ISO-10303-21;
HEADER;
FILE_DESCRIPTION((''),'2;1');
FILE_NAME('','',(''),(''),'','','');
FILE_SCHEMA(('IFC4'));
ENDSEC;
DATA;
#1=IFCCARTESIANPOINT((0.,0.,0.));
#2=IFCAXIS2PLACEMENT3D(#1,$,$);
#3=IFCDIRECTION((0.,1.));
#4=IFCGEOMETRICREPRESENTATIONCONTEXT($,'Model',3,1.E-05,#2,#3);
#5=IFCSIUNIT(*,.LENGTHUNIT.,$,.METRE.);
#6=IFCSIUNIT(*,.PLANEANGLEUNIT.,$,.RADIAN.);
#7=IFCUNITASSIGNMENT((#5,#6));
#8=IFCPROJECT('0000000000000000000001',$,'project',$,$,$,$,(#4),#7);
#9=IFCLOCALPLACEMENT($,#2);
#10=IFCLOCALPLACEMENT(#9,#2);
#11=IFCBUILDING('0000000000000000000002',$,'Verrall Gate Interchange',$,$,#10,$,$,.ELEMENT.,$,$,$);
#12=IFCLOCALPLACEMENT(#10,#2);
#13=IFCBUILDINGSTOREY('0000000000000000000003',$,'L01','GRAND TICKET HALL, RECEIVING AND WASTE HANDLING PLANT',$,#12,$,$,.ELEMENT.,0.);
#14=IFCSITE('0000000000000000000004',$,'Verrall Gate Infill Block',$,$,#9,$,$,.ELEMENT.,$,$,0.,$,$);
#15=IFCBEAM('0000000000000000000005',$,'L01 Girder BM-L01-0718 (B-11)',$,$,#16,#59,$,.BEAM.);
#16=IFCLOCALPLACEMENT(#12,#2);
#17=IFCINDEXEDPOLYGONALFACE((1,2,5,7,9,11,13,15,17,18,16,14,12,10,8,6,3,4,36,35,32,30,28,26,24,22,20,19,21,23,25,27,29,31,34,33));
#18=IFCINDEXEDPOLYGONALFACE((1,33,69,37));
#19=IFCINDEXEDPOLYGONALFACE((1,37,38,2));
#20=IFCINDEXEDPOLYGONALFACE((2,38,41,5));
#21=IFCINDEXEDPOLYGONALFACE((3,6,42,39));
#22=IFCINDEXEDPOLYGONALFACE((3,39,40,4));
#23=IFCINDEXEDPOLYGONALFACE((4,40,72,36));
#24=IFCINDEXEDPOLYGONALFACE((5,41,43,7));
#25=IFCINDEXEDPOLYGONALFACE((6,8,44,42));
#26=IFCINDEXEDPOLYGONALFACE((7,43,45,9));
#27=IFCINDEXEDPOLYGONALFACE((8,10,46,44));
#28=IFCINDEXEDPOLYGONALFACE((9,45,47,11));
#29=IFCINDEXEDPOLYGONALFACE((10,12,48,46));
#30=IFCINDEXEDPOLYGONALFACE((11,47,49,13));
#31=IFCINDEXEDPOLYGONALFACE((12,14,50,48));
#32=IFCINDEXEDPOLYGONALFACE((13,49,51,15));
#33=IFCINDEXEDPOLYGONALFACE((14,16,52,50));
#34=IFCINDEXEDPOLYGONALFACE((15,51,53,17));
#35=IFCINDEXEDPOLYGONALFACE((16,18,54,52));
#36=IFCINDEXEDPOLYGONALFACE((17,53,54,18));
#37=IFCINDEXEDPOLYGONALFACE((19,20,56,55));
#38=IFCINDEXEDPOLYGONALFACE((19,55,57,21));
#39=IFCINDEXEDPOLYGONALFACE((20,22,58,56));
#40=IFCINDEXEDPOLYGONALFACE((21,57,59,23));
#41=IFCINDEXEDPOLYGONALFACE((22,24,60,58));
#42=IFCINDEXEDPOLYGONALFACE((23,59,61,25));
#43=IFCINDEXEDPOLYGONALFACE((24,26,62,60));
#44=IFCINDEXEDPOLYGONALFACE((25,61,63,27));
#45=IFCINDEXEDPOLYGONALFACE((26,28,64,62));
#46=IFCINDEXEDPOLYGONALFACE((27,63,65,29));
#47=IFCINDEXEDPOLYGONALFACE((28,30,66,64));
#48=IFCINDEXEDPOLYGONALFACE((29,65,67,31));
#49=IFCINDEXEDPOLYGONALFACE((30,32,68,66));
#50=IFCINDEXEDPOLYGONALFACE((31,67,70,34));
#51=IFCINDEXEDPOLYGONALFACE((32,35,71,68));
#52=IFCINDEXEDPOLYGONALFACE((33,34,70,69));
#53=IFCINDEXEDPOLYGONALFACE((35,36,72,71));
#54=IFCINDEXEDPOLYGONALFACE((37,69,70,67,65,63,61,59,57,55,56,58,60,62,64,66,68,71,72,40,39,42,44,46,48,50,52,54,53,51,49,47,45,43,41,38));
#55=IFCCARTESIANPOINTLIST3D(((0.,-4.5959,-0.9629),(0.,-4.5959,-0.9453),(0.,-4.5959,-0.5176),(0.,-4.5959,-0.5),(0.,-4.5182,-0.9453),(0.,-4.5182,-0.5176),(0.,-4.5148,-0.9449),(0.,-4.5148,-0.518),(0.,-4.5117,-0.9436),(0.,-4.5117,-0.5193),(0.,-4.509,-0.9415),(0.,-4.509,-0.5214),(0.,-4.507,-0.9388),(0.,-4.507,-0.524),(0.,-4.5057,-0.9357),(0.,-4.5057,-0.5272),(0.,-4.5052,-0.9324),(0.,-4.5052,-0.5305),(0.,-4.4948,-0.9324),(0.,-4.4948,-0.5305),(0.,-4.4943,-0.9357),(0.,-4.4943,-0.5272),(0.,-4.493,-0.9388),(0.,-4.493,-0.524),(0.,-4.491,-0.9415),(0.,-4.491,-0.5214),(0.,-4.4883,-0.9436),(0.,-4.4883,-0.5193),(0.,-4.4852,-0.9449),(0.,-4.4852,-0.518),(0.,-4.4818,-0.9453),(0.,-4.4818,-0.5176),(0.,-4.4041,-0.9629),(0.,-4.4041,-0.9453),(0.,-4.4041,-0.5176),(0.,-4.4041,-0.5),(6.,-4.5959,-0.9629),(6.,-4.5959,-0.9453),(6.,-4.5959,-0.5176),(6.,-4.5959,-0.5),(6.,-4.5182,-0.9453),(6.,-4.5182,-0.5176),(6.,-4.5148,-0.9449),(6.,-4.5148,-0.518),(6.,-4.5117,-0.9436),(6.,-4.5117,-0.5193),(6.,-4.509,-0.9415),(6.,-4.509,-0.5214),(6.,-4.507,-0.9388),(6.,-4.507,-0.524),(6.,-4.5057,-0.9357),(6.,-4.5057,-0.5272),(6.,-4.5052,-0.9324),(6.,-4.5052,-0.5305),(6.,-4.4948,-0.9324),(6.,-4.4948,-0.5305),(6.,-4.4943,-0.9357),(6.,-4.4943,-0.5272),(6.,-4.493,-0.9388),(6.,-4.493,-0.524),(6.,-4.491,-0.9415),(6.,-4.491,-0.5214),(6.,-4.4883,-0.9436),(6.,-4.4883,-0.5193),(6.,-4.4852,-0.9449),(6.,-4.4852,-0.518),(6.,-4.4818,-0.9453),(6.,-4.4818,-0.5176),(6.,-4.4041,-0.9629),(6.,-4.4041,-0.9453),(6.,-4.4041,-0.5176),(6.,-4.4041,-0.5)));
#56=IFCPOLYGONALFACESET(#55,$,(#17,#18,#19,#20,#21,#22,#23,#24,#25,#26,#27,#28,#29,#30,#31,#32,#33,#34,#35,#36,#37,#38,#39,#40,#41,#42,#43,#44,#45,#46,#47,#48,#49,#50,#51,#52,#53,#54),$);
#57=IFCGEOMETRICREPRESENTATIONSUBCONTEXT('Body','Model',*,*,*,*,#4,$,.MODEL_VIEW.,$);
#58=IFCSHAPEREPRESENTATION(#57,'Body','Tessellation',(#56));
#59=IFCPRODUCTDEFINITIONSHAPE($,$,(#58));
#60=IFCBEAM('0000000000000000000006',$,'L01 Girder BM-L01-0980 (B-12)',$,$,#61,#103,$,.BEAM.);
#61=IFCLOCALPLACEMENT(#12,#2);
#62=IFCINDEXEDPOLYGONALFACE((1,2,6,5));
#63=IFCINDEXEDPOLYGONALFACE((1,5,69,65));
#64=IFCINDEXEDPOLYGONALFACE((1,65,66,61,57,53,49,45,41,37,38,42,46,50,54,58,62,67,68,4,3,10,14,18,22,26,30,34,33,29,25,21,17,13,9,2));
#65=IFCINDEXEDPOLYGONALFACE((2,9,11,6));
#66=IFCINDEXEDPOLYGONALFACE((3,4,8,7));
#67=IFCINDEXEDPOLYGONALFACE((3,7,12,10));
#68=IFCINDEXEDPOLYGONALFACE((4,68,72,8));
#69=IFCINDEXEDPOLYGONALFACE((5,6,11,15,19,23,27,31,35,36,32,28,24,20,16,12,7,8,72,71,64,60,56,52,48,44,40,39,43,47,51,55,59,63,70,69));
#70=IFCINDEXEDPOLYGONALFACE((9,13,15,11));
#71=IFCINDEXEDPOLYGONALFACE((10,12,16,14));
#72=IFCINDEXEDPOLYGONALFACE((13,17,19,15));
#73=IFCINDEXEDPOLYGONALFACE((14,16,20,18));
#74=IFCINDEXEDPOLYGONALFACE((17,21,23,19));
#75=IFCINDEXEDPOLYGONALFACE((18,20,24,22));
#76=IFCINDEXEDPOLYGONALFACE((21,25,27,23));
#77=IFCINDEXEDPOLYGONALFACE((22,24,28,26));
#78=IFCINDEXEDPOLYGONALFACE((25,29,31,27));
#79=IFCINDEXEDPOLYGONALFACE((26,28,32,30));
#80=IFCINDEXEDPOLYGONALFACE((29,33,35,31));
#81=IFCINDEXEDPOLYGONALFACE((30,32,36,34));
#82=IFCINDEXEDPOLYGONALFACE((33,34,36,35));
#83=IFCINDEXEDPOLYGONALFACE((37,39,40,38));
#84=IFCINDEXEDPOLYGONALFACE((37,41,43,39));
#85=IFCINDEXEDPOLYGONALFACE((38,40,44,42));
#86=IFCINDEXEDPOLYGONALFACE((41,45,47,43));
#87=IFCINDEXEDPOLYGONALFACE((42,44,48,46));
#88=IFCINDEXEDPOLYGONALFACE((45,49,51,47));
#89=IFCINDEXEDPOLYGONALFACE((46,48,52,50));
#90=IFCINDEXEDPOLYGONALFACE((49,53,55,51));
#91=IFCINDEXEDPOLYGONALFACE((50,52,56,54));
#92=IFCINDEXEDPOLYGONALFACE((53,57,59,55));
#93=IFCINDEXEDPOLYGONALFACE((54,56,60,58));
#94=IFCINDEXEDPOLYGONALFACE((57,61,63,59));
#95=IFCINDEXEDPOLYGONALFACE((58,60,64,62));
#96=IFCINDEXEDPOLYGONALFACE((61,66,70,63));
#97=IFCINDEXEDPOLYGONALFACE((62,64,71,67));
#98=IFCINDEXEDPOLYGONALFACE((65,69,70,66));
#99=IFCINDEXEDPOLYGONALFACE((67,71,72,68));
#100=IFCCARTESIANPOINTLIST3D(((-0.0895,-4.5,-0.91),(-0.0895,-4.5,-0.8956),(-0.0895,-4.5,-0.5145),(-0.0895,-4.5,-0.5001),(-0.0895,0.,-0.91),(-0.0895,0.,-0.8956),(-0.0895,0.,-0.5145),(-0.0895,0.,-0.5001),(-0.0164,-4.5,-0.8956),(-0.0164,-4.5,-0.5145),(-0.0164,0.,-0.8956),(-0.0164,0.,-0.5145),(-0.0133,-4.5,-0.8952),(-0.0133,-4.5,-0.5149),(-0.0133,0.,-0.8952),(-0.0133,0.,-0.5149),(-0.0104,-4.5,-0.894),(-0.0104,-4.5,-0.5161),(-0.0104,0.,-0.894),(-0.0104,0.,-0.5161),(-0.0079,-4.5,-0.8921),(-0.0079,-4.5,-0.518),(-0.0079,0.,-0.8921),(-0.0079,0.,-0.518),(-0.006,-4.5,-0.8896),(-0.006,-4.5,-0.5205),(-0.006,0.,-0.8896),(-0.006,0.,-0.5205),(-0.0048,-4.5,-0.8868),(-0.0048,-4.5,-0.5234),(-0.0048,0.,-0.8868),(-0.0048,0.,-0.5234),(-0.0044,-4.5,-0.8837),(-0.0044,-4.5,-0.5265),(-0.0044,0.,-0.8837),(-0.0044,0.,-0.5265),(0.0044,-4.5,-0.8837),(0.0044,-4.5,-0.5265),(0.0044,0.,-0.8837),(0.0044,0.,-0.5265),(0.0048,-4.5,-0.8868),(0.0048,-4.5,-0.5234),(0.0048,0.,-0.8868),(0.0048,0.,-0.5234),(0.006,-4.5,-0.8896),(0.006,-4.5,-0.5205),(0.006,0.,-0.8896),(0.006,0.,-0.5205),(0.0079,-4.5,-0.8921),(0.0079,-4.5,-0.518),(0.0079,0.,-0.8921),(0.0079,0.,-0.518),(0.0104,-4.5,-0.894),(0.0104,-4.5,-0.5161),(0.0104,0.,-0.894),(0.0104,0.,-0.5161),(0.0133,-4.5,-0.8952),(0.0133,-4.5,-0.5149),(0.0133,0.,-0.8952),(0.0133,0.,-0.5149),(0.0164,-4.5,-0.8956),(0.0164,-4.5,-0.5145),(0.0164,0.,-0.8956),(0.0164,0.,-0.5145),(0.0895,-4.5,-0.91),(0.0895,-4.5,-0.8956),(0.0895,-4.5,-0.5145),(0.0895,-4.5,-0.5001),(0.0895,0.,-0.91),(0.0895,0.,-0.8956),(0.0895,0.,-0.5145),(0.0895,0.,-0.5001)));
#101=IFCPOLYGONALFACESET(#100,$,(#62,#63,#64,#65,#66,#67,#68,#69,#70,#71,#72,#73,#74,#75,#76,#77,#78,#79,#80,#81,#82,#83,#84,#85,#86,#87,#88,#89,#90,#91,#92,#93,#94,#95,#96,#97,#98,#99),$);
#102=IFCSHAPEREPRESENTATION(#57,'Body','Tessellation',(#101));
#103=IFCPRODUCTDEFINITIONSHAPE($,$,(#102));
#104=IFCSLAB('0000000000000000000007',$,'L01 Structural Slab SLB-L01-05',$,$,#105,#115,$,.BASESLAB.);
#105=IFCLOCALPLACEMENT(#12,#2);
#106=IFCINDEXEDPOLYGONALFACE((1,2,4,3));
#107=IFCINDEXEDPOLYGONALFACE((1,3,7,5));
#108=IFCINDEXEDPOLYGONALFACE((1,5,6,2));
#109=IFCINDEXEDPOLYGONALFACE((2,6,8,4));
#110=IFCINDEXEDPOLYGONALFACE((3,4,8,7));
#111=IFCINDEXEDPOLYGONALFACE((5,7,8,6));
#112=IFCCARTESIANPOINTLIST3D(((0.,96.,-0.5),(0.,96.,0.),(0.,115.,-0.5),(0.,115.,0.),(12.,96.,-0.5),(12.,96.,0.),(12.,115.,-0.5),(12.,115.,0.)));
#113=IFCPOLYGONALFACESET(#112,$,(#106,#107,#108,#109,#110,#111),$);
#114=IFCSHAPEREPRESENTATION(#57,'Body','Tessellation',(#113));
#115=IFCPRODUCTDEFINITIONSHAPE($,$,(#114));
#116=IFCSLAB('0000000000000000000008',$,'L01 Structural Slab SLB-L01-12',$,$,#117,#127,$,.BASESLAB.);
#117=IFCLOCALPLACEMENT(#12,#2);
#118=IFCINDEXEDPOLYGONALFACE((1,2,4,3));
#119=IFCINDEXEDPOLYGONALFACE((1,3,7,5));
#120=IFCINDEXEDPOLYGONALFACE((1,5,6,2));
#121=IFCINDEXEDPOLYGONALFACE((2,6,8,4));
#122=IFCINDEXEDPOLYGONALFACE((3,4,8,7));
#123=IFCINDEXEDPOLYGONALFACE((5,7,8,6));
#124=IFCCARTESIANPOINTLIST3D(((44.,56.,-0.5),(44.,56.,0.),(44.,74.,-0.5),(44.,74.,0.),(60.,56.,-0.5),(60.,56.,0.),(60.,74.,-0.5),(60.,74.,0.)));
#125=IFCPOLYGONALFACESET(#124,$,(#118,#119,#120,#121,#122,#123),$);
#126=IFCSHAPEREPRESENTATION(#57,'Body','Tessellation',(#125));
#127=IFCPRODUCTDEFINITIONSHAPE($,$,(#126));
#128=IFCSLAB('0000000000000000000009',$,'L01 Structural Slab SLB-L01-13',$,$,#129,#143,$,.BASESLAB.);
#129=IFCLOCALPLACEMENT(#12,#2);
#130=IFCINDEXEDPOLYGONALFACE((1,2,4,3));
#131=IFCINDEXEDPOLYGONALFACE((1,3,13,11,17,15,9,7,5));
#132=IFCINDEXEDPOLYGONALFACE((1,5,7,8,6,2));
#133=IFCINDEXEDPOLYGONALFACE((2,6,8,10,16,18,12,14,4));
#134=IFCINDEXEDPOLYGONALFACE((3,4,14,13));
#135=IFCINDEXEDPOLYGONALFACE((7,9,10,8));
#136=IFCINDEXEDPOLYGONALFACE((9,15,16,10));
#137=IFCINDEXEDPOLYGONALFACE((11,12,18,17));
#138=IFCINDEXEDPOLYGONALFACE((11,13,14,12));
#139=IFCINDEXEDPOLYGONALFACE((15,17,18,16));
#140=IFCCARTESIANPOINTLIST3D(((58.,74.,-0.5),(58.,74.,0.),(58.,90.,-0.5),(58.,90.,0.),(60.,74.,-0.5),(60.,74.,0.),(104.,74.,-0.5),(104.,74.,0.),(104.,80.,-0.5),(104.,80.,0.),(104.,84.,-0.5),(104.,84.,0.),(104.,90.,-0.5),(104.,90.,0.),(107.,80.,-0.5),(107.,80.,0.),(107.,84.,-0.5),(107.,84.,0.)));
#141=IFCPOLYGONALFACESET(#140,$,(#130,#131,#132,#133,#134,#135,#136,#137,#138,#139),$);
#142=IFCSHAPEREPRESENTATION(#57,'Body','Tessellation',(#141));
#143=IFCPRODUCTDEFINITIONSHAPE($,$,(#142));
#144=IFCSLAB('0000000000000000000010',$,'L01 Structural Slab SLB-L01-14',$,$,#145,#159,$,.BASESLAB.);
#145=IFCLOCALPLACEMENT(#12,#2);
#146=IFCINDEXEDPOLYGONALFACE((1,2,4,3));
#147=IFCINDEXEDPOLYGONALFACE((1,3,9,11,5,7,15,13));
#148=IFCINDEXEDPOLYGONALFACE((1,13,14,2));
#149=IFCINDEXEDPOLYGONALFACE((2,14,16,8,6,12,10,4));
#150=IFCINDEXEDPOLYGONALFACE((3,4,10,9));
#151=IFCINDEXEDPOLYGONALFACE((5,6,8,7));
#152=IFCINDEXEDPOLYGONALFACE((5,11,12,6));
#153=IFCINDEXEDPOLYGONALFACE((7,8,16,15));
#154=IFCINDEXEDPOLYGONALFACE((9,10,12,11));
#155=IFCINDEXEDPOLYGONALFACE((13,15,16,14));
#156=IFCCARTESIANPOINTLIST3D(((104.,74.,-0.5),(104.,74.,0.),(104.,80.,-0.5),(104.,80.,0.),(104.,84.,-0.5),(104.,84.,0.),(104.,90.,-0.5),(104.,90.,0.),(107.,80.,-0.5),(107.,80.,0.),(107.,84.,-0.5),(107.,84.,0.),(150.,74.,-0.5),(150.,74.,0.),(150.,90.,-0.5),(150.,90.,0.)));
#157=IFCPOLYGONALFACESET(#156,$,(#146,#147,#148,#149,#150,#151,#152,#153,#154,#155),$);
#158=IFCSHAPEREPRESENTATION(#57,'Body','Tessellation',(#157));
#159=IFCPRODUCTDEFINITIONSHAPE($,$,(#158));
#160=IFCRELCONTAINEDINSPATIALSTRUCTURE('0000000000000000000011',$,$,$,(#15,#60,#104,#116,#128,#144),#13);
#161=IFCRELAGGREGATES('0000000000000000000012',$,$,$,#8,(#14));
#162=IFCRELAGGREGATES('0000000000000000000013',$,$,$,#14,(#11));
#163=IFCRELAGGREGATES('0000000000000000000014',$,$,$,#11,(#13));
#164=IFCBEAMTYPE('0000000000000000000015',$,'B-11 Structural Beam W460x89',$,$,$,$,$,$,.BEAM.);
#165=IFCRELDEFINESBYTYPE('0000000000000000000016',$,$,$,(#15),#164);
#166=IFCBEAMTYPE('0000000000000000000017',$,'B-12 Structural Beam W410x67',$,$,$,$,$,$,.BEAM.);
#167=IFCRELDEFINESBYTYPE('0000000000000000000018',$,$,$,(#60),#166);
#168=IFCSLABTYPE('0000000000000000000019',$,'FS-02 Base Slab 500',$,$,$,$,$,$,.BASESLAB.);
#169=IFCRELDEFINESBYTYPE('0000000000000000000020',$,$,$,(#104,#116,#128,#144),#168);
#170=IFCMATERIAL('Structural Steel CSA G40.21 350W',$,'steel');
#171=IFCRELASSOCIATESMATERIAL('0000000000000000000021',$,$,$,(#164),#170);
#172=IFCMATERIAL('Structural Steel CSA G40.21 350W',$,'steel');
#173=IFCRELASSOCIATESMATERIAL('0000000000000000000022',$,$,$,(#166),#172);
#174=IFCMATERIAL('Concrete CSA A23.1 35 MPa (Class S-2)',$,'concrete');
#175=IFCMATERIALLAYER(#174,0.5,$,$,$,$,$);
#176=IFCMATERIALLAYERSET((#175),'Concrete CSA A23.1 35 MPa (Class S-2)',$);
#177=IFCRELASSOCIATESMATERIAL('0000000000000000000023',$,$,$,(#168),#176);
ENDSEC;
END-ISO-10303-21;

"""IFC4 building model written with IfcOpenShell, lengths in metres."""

from ifc_helpers import new_model, si_unit, direction, frame, origin, origin_2d, place, context, subcontext, project, spatial, polyline, i_section, outline, extrude, material, layer, layer_set, material_profile, profile_set, type_object, element, save


model = new_model("IFC4")

# Units and contexts
model_context = context("Model", 3, precision=1e-05, world=origin(), true_north=direction((0.0, 1.0)))
body_context = subcontext(model_context, "Body", "Model", "MODEL_VIEW")
ifc_project = project(units=[si_unit("LENGTHUNIT", "METRE"), si_unit("PLANEANGLEUNIT", "RADIAN")], contexts=[model_context])

# Site, building, storey
site_placement = place(None, origin())
site = spatial("IfcSite", under=ifc_project, at=site_placement, Name="Verrall Gate Infill Block", CompositionType="ELEMENT", RefElevation=0.0)
building_placement = place(site_placement, origin())
building = spatial("IfcBuilding", under=site, at=building_placement, Name="Verrall Gate Interchange", CompositionType="ELEMENT")
storey_placement = place(building_placement, origin())
storey = spatial("IfcBuildingStorey", under=building, at=storey_placement, Name="L01", Description="GRAND TICKET HALL, RECEIVING AND WASTE HANDLING PLANT", CompositionType="ELEMENT", Elevation=0.0)

# Beams
ifc_material_1 = material(Name="Structural Steel CSA G40.21 350W", Category="steel")
ifc_material_profile_1 = material_profile(ifc_material_1, i_section(OverallWidth=0.1919, OverallDepth=0.4629, WebThickness=0.0105, FlangeThickness=0.0176, FilletRadius=0.0129, at=origin_2d()), Name="W460x89")
ifc_profile_set_1 = profile_set([ifc_material_profile_1], Name="Structural Steel CSA G40.21 350W")
beam_type_1 = type_object("IfcBeamType", Name="B-11 Structural Beam W460x89", PredefinedType="BEAM", material=ifc_profile_set_1)
beam_1_placement = place(storey_placement, frame((0.0, -4.5, -0.7314), z_axis=(1.0, 0.0, 0.0), x_axis=(0.0, 1.0, 0.0)))
element("IfcBeam", 1, at=beam_1_placement, inside=storey, type_object=beam_type_1, Name="L01 Girder BM-L01-0718 (B-11)", PredefinedType="BEAM", context=body_context, shape_type="SweptSolid", body=[
    extrude(i_section(OverallWidth=0.1919, OverallDepth=0.4629, WebThickness=0.0105, FlangeThickness=0.0176, FilletRadius=0.0129, at=origin_2d()), origin(), (0.0, 0.0, 1.0), 6.0),
])
ifc_material_2 = material(Name="Structural Steel CSA G40.21 350W", Category="steel")
ifc_material_profile_2 = material_profile(ifc_material_2, i_section(OverallWidth=0.179, OverallDepth=0.4099, WebThickness=0.0088, FlangeThickness=0.0144, FilletRadius=0.012, at=origin_2d()), Name="W410x67")
ifc_profile_set_2 = profile_set([ifc_material_profile_2], Name="Structural Steel CSA G40.21 350W")
beam_type_2 = type_object("IfcBeamType", Name="B-12 Structural Beam W410x67", PredefinedType="BEAM", material=ifc_profile_set_2)
beam_2_placement = place(storey_placement, frame((0.0, -4.5, -0.7051), z_axis=(0.0, 1.0, 0.0), x_axis=(-1.0, 0.0, 0.0)))
element("IfcBeam", 2, at=beam_2_placement, inside=storey, type_object=beam_type_2, Name="L01 Girder BM-L01-0980 (B-12)", PredefinedType="BEAM", context=body_context, shape_type="SweptSolid", body=[
    extrude(i_section(OverallWidth=0.179, OverallDepth=0.4099, WebThickness=0.0088, FlangeThickness=0.0144, FilletRadius=0.012, at=origin_2d()), origin(), (0.0, 0.0, 1.0), 4.5),
])

# Slabs
ifc_material_3 = material(Name="Concrete CSA A23.1 35 MPa (Class S-2)", Category="concrete")
ifc_layer_1 = layer(ifc_material_3, 0.5)
ifc_layer_set_1 = layer_set([ifc_layer_1], Name="Concrete CSA A23.1 35 MPa (Class S-2)")
slab_type_1 = type_object("IfcSlabType", Name="FS-02 Base Slab 500", PredefinedType="BASESLAB", material=ifc_layer_set_1)
slab_1_placement = place(storey_placement, frame((0.0, 0.0, -0.5)))
element("IfcSlab", 3, at=slab_1_placement, inside=storey, type_object=slab_type_1, Name="L01 Structural Slab SLB-L01-05", PredefinedType="BASESLAB", context=body_context, shape_type="SweptSolid", body=[
    extrude(outline(polyline([(0.0, 115.0), (12.0, 115.0), (12.0, 96.0), (0.0, 96.0), (0.0, 115.0)])), origin(), (0.0, 0.0, 1.0), 0.5),
])
slab_2_placement = place(storey_placement, frame((0.0, 0.0, -0.5)))
element("IfcSlab", 4, at=slab_2_placement, inside=storey, type_object=slab_type_1, Name="L01 Structural Slab SLB-L01-12", PredefinedType="BASESLAB", context=body_context, shape_type="SweptSolid", body=[
    extrude(outline(polyline([(44.0, 74.0), (60.0, 74.0), (60.0, 56.0), (44.0, 56.0), (44.0, 74.0)])), origin(), (0.0, 0.0, 1.0), 0.5),
])
slab_3_placement = place(storey_placement, frame((0.0, 0.0, -0.5)))
element("IfcSlab", 5, at=slab_3_placement, inside=storey, type_object=slab_type_1, Name="L01 Structural Slab SLB-L01-13", PredefinedType="BASESLAB", context=body_context, shape_type="SweptSolid", body=[
    extrude(outline(polyline([(58.0, 90.0), (104.0, 90.0), (104.0, 84.0), (107.0, 84.0), (107.0, 80.0), (104.0, 80.0), (104.0, 74.0), (60.0, 74.0), (58.0, 74.0), (58.0, 90.0)])), origin(), (0.0, 0.0, 1.0), 0.5),
])
slab_4_placement = place(storey_placement, frame((0.0, 0.0, -0.5)))
element("IfcSlab", 6, at=slab_4_placement, inside=storey, type_object=slab_type_1, Name="L01 Structural Slab SLB-L01-14", PredefinedType="BASESLAB", context=body_context, shape_type="SweptSolid", body=[
    extrude(outline(polyline([(150.0, 74.0), (104.0, 74.0), (104.0, 80.0), (107.0, 80.0), (107.0, 84.0), (104.0, 84.0), (104.0, 90.0), (150.0, 90.0), (150.0, 74.0)])), origin(), (0.0, 0.0, 1.0), 0.5),
])

save(model, "model.ifc")
